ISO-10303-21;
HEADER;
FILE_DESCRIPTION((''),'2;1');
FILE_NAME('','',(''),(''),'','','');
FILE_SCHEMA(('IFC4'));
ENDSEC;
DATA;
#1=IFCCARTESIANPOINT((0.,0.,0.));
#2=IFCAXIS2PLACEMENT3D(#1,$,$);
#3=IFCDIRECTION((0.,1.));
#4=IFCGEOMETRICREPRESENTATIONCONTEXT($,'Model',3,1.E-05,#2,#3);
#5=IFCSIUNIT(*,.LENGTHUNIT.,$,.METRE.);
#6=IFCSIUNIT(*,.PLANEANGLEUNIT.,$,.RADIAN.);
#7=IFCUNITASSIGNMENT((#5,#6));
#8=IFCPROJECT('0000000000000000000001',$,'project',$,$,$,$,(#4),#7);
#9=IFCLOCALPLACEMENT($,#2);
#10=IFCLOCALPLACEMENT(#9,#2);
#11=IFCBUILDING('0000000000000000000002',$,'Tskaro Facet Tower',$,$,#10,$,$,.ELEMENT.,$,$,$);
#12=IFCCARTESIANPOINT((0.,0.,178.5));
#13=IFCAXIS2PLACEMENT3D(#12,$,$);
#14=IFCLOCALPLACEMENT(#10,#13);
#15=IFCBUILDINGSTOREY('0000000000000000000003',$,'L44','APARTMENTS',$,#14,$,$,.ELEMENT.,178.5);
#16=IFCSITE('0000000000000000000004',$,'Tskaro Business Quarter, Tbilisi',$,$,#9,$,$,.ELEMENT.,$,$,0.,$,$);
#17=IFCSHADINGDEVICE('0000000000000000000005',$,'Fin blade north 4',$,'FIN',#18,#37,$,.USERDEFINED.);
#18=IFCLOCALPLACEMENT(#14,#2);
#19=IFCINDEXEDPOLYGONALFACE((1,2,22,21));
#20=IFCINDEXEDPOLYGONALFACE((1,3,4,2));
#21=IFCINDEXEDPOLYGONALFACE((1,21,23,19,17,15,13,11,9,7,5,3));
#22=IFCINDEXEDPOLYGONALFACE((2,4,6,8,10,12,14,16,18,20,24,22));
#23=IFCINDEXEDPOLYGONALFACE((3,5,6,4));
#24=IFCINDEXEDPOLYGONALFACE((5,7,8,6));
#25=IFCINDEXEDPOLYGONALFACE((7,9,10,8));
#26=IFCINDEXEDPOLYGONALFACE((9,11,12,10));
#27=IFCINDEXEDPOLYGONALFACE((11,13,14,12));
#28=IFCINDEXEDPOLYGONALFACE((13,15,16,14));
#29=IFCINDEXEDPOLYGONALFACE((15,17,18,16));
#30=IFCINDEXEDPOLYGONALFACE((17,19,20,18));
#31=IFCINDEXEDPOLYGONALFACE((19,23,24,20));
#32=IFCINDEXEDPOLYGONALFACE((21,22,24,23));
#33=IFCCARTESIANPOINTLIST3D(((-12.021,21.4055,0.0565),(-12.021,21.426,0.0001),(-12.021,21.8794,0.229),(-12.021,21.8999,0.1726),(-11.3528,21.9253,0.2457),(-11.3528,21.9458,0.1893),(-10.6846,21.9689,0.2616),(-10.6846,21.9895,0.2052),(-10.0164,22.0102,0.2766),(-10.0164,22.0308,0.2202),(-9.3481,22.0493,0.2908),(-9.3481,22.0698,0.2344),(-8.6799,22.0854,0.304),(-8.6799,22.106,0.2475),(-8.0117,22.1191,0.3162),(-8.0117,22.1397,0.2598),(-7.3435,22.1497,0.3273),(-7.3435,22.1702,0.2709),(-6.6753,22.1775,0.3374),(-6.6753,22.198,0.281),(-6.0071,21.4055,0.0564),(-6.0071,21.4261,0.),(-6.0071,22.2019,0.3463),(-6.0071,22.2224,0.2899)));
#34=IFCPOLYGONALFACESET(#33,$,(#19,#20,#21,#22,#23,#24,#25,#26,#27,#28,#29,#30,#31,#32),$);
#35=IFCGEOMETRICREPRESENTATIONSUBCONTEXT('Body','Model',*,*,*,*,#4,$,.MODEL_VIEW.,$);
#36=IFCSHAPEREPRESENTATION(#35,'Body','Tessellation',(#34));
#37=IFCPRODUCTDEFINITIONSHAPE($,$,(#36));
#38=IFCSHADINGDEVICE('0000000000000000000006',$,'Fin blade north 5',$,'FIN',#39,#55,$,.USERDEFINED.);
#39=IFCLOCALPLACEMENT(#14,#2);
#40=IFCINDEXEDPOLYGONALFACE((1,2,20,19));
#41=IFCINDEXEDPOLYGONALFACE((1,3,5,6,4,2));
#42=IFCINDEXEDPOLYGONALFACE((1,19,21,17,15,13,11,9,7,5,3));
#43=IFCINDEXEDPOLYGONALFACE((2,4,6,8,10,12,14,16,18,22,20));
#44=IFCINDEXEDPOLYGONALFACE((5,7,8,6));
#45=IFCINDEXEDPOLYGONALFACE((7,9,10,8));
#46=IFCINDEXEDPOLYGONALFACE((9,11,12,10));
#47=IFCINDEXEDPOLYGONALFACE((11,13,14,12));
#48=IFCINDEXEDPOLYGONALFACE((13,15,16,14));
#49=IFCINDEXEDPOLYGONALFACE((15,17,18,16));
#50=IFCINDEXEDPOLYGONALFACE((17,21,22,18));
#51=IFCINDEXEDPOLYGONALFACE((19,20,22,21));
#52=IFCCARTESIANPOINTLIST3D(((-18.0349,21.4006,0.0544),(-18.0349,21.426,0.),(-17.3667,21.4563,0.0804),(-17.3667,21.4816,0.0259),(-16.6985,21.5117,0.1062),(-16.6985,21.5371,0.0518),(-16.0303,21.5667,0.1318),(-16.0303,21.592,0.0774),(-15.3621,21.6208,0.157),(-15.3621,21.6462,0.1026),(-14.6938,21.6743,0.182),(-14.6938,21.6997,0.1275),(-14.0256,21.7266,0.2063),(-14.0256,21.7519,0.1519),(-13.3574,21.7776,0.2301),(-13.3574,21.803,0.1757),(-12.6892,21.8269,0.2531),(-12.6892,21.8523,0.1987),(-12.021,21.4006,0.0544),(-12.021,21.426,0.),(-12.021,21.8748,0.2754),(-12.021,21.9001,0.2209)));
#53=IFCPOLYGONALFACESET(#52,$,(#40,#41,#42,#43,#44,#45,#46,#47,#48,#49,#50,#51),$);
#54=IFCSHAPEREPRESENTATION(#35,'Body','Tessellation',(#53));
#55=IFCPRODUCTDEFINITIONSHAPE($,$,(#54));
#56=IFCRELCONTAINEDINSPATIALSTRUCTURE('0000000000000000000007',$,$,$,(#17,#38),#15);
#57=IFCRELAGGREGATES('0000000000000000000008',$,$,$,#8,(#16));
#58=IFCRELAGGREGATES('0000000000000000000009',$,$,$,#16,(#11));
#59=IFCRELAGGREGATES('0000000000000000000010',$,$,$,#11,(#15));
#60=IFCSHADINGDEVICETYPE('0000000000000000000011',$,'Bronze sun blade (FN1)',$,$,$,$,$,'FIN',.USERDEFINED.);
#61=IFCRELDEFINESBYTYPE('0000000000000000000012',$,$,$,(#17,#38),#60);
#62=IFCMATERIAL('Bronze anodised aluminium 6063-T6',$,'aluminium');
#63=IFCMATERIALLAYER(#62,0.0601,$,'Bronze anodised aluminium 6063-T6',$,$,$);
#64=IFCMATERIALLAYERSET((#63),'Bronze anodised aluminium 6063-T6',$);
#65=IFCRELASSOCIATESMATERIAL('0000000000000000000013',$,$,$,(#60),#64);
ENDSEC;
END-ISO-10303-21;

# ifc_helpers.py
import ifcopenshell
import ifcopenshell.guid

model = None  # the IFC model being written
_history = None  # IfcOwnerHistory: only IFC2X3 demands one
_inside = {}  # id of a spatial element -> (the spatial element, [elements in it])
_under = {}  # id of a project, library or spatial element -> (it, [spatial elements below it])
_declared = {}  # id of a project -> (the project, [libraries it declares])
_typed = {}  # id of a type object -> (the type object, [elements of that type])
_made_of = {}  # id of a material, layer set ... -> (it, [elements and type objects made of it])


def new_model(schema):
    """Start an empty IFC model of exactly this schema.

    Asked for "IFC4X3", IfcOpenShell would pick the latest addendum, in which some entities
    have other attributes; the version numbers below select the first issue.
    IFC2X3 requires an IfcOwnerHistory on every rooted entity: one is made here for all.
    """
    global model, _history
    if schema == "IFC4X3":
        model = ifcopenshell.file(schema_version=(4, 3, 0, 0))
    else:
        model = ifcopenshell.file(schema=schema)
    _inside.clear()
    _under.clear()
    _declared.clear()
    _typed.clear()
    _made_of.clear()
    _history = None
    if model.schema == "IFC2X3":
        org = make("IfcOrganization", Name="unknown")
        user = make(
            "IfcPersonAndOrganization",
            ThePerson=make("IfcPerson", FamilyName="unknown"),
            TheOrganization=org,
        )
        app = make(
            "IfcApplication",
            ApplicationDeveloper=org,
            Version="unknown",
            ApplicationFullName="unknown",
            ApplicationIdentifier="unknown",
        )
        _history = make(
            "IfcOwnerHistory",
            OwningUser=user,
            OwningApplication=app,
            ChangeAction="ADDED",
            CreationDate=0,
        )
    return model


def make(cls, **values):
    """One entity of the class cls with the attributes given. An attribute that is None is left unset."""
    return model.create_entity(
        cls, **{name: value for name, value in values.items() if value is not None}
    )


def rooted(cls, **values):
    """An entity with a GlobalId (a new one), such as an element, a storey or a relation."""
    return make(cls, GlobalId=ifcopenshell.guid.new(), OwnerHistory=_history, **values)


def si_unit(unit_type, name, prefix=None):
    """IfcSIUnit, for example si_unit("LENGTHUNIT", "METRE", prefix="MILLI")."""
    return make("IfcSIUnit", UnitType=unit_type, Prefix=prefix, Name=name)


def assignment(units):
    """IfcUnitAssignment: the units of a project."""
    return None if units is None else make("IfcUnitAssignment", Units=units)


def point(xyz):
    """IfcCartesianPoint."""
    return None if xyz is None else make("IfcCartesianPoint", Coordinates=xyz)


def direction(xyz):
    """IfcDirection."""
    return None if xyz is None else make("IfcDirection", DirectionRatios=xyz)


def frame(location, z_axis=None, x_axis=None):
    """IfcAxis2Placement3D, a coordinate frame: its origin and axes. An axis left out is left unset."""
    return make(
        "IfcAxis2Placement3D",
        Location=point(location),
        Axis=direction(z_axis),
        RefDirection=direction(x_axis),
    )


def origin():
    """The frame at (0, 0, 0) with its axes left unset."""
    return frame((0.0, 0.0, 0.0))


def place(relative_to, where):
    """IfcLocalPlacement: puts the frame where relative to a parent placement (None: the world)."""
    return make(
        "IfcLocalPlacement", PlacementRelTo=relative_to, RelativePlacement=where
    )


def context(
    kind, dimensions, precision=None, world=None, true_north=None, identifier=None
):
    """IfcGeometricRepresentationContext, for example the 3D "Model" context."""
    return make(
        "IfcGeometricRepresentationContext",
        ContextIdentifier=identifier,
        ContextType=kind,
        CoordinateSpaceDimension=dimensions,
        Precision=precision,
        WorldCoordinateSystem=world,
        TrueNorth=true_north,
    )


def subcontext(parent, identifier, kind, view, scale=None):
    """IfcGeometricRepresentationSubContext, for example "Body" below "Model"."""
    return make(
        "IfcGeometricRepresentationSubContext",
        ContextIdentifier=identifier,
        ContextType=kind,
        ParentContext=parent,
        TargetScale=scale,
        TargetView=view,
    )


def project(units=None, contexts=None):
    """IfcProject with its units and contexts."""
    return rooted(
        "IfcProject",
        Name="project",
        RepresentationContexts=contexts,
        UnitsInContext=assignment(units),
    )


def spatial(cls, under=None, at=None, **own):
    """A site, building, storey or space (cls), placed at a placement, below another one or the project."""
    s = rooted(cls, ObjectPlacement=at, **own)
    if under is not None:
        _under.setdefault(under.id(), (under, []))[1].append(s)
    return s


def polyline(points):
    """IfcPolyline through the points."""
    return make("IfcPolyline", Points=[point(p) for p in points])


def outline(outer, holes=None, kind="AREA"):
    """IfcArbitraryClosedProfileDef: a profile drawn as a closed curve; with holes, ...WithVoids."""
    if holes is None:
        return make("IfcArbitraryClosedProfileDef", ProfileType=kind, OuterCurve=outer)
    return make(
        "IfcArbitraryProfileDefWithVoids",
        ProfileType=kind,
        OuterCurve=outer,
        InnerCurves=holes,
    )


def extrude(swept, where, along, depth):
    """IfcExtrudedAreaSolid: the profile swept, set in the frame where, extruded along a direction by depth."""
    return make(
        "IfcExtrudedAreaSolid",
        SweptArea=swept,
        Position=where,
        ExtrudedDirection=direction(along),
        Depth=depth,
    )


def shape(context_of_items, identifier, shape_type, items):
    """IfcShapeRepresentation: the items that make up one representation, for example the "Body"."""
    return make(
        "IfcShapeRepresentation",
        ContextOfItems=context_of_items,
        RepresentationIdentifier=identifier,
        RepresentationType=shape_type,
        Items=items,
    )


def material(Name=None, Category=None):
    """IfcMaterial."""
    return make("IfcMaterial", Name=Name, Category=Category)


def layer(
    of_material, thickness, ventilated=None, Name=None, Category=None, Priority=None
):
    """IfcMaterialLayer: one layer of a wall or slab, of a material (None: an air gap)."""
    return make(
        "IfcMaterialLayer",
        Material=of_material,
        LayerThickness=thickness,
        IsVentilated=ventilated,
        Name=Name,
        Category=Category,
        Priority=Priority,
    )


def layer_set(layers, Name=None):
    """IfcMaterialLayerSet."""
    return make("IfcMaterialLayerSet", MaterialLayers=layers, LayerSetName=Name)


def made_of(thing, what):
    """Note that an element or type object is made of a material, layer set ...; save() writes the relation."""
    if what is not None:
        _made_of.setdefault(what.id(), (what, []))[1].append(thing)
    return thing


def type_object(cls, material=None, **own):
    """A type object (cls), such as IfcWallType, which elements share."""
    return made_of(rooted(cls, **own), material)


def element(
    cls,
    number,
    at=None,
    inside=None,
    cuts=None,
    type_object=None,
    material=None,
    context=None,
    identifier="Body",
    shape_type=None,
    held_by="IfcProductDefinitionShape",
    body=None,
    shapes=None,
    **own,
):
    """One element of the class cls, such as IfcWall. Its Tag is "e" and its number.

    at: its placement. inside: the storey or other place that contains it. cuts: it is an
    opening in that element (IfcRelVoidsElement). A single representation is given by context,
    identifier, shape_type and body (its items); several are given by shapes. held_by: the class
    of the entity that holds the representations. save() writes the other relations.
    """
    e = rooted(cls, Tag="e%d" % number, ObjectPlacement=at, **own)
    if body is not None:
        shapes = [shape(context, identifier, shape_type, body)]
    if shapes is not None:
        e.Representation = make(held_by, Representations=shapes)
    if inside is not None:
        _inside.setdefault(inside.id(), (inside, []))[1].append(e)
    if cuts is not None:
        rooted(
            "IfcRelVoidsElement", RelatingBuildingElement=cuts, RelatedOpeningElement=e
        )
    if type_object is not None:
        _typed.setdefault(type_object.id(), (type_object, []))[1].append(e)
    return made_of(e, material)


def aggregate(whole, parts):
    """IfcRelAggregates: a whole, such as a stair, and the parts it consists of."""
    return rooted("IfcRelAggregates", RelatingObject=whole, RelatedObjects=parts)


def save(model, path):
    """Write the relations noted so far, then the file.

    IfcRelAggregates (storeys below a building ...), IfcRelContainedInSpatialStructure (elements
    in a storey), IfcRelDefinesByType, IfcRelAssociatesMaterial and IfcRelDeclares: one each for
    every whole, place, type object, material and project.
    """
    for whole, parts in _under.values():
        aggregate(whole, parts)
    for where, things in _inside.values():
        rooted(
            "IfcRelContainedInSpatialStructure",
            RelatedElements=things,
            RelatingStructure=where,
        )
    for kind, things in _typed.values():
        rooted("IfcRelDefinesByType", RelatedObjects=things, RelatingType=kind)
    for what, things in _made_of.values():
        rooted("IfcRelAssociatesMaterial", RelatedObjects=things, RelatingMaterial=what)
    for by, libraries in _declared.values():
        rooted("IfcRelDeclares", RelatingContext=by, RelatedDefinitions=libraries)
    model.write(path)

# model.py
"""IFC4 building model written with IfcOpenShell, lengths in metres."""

from ifc_helpers import new_model, si_unit, direction, frame, origin, place, context, subcontext, project, spatial, polyline, outline, extrude, material, layer, layer_set, type_object, element, save


model = new_model("IFC4")

# Units and contexts
model_context = context("Model", 3, precision=1e-05, world=origin(), true_north=direction((0.0, 1.0)))
body_context = subcontext(model_context, "Body", "Model", "MODEL_VIEW")
ifc_project = project(units=[si_unit("LENGTHUNIT", "METRE"), si_unit("PLANEANGLEUNIT", "RADIAN")], contexts=[model_context])

# Site, building, storey
site_placement = place(None, origin())
site = spatial("IfcSite", under=ifc_project, at=site_placement, Name="Tskaro Business Quarter, Tbilisi", CompositionType="ELEMENT", RefElevation=0.0)
building_placement = place(site_placement, origin())
building = spatial("IfcBuilding", under=site, at=building_placement, Name="Tskaro Facet Tower", CompositionType="ELEMENT")
storey_placement = place(building_placement, frame((0.0, 0.0, 178.5)))
storey = spatial("IfcBuildingStorey", under=building, at=storey_placement, Name="L44", Description="APARTMENTS", CompositionType="ELEMENT", Elevation=178.5)

# Shared definitions
ifc_material_1 = material(Name="Bronze anodised aluminium 6063-T6", Category="aluminium")

# Shading devices
ifc_layer_1 = layer(ifc_material_1, 0.0601, Name="Bronze anodised aluminium 6063-T6")
ifc_layer_set_1 = layer_set([ifc_layer_1], Name="Bronze anodised aluminium 6063-T6")
shading_device_type = type_object("IfcShadingDeviceType", Name="Bronze sun blade (FN1)", ElementType="FIN", PredefinedType="USERDEFINED", material=ifc_layer_set_1)
shading_device_1_placement = place(storey_placement, frame((-6.0071, 21.4055, 0.0564), z_axis=(0.000018, -0.342091, 0.939667), x_axis=(-1.0, -0.000006, 0.000017)))
element("IfcShadingDevice", 1, at=shading_device_1_placement, inside=storey, type_object=shading_device_type, Name="Fin blade north 4", ObjectType="FIN", PredefinedType="USERDEFINED", context=body_context, shape_type="SweptSolid", body=[
    extrude(outline(polyline([(0.0, 0.0), (6.0139, 0.0), (6.0139, -0.5043), (5.3457, -0.5531), (4.6775, -0.5996), (4.0093, -0.6436), (3.3411, -0.6851), (2.6729, -0.7236), (2.0046, -0.7594), (1.3364, -0.7919), (0.6682, -0.8215), (0.0, -0.8475), (0.0, 0.0)])), origin(), (0.0, 0.0, -1.0), 0.0601),
])
shading_device_2_placement = place(storey_placement, frame((-12.021, 21.4006, 0.0544), z_axis=(-0.000002, -0.42238, 0.906419), x_axis=(-1.0, 0.000001, -0.000002)))
element("IfcShadingDevice", 2, at=shading_device_2_placement, inside=storey, type_object=shading_device_type, Name="Fin blade north 5", ObjectType="FIN", PredefinedType="USERDEFINED", context=body_context, shape_type="SweptSolid", body=[
    extrude(outline(polyline([(0.0, 0.0), (6.0139, 0.0), (5.3457, -0.0614), (4.6775, -0.1226), (4.0093, -0.1832), (3.3411, -0.2429), (2.6729, -0.3019), (2.0046, -0.3596), (1.3364, -0.4159), (0.6682, -0.4703), (0.0, -0.5231), (0.0, 0.0)])), origin(), (0.0, 0.0, -1.0), 0.0601),
])

save(model, "model.ifc")
